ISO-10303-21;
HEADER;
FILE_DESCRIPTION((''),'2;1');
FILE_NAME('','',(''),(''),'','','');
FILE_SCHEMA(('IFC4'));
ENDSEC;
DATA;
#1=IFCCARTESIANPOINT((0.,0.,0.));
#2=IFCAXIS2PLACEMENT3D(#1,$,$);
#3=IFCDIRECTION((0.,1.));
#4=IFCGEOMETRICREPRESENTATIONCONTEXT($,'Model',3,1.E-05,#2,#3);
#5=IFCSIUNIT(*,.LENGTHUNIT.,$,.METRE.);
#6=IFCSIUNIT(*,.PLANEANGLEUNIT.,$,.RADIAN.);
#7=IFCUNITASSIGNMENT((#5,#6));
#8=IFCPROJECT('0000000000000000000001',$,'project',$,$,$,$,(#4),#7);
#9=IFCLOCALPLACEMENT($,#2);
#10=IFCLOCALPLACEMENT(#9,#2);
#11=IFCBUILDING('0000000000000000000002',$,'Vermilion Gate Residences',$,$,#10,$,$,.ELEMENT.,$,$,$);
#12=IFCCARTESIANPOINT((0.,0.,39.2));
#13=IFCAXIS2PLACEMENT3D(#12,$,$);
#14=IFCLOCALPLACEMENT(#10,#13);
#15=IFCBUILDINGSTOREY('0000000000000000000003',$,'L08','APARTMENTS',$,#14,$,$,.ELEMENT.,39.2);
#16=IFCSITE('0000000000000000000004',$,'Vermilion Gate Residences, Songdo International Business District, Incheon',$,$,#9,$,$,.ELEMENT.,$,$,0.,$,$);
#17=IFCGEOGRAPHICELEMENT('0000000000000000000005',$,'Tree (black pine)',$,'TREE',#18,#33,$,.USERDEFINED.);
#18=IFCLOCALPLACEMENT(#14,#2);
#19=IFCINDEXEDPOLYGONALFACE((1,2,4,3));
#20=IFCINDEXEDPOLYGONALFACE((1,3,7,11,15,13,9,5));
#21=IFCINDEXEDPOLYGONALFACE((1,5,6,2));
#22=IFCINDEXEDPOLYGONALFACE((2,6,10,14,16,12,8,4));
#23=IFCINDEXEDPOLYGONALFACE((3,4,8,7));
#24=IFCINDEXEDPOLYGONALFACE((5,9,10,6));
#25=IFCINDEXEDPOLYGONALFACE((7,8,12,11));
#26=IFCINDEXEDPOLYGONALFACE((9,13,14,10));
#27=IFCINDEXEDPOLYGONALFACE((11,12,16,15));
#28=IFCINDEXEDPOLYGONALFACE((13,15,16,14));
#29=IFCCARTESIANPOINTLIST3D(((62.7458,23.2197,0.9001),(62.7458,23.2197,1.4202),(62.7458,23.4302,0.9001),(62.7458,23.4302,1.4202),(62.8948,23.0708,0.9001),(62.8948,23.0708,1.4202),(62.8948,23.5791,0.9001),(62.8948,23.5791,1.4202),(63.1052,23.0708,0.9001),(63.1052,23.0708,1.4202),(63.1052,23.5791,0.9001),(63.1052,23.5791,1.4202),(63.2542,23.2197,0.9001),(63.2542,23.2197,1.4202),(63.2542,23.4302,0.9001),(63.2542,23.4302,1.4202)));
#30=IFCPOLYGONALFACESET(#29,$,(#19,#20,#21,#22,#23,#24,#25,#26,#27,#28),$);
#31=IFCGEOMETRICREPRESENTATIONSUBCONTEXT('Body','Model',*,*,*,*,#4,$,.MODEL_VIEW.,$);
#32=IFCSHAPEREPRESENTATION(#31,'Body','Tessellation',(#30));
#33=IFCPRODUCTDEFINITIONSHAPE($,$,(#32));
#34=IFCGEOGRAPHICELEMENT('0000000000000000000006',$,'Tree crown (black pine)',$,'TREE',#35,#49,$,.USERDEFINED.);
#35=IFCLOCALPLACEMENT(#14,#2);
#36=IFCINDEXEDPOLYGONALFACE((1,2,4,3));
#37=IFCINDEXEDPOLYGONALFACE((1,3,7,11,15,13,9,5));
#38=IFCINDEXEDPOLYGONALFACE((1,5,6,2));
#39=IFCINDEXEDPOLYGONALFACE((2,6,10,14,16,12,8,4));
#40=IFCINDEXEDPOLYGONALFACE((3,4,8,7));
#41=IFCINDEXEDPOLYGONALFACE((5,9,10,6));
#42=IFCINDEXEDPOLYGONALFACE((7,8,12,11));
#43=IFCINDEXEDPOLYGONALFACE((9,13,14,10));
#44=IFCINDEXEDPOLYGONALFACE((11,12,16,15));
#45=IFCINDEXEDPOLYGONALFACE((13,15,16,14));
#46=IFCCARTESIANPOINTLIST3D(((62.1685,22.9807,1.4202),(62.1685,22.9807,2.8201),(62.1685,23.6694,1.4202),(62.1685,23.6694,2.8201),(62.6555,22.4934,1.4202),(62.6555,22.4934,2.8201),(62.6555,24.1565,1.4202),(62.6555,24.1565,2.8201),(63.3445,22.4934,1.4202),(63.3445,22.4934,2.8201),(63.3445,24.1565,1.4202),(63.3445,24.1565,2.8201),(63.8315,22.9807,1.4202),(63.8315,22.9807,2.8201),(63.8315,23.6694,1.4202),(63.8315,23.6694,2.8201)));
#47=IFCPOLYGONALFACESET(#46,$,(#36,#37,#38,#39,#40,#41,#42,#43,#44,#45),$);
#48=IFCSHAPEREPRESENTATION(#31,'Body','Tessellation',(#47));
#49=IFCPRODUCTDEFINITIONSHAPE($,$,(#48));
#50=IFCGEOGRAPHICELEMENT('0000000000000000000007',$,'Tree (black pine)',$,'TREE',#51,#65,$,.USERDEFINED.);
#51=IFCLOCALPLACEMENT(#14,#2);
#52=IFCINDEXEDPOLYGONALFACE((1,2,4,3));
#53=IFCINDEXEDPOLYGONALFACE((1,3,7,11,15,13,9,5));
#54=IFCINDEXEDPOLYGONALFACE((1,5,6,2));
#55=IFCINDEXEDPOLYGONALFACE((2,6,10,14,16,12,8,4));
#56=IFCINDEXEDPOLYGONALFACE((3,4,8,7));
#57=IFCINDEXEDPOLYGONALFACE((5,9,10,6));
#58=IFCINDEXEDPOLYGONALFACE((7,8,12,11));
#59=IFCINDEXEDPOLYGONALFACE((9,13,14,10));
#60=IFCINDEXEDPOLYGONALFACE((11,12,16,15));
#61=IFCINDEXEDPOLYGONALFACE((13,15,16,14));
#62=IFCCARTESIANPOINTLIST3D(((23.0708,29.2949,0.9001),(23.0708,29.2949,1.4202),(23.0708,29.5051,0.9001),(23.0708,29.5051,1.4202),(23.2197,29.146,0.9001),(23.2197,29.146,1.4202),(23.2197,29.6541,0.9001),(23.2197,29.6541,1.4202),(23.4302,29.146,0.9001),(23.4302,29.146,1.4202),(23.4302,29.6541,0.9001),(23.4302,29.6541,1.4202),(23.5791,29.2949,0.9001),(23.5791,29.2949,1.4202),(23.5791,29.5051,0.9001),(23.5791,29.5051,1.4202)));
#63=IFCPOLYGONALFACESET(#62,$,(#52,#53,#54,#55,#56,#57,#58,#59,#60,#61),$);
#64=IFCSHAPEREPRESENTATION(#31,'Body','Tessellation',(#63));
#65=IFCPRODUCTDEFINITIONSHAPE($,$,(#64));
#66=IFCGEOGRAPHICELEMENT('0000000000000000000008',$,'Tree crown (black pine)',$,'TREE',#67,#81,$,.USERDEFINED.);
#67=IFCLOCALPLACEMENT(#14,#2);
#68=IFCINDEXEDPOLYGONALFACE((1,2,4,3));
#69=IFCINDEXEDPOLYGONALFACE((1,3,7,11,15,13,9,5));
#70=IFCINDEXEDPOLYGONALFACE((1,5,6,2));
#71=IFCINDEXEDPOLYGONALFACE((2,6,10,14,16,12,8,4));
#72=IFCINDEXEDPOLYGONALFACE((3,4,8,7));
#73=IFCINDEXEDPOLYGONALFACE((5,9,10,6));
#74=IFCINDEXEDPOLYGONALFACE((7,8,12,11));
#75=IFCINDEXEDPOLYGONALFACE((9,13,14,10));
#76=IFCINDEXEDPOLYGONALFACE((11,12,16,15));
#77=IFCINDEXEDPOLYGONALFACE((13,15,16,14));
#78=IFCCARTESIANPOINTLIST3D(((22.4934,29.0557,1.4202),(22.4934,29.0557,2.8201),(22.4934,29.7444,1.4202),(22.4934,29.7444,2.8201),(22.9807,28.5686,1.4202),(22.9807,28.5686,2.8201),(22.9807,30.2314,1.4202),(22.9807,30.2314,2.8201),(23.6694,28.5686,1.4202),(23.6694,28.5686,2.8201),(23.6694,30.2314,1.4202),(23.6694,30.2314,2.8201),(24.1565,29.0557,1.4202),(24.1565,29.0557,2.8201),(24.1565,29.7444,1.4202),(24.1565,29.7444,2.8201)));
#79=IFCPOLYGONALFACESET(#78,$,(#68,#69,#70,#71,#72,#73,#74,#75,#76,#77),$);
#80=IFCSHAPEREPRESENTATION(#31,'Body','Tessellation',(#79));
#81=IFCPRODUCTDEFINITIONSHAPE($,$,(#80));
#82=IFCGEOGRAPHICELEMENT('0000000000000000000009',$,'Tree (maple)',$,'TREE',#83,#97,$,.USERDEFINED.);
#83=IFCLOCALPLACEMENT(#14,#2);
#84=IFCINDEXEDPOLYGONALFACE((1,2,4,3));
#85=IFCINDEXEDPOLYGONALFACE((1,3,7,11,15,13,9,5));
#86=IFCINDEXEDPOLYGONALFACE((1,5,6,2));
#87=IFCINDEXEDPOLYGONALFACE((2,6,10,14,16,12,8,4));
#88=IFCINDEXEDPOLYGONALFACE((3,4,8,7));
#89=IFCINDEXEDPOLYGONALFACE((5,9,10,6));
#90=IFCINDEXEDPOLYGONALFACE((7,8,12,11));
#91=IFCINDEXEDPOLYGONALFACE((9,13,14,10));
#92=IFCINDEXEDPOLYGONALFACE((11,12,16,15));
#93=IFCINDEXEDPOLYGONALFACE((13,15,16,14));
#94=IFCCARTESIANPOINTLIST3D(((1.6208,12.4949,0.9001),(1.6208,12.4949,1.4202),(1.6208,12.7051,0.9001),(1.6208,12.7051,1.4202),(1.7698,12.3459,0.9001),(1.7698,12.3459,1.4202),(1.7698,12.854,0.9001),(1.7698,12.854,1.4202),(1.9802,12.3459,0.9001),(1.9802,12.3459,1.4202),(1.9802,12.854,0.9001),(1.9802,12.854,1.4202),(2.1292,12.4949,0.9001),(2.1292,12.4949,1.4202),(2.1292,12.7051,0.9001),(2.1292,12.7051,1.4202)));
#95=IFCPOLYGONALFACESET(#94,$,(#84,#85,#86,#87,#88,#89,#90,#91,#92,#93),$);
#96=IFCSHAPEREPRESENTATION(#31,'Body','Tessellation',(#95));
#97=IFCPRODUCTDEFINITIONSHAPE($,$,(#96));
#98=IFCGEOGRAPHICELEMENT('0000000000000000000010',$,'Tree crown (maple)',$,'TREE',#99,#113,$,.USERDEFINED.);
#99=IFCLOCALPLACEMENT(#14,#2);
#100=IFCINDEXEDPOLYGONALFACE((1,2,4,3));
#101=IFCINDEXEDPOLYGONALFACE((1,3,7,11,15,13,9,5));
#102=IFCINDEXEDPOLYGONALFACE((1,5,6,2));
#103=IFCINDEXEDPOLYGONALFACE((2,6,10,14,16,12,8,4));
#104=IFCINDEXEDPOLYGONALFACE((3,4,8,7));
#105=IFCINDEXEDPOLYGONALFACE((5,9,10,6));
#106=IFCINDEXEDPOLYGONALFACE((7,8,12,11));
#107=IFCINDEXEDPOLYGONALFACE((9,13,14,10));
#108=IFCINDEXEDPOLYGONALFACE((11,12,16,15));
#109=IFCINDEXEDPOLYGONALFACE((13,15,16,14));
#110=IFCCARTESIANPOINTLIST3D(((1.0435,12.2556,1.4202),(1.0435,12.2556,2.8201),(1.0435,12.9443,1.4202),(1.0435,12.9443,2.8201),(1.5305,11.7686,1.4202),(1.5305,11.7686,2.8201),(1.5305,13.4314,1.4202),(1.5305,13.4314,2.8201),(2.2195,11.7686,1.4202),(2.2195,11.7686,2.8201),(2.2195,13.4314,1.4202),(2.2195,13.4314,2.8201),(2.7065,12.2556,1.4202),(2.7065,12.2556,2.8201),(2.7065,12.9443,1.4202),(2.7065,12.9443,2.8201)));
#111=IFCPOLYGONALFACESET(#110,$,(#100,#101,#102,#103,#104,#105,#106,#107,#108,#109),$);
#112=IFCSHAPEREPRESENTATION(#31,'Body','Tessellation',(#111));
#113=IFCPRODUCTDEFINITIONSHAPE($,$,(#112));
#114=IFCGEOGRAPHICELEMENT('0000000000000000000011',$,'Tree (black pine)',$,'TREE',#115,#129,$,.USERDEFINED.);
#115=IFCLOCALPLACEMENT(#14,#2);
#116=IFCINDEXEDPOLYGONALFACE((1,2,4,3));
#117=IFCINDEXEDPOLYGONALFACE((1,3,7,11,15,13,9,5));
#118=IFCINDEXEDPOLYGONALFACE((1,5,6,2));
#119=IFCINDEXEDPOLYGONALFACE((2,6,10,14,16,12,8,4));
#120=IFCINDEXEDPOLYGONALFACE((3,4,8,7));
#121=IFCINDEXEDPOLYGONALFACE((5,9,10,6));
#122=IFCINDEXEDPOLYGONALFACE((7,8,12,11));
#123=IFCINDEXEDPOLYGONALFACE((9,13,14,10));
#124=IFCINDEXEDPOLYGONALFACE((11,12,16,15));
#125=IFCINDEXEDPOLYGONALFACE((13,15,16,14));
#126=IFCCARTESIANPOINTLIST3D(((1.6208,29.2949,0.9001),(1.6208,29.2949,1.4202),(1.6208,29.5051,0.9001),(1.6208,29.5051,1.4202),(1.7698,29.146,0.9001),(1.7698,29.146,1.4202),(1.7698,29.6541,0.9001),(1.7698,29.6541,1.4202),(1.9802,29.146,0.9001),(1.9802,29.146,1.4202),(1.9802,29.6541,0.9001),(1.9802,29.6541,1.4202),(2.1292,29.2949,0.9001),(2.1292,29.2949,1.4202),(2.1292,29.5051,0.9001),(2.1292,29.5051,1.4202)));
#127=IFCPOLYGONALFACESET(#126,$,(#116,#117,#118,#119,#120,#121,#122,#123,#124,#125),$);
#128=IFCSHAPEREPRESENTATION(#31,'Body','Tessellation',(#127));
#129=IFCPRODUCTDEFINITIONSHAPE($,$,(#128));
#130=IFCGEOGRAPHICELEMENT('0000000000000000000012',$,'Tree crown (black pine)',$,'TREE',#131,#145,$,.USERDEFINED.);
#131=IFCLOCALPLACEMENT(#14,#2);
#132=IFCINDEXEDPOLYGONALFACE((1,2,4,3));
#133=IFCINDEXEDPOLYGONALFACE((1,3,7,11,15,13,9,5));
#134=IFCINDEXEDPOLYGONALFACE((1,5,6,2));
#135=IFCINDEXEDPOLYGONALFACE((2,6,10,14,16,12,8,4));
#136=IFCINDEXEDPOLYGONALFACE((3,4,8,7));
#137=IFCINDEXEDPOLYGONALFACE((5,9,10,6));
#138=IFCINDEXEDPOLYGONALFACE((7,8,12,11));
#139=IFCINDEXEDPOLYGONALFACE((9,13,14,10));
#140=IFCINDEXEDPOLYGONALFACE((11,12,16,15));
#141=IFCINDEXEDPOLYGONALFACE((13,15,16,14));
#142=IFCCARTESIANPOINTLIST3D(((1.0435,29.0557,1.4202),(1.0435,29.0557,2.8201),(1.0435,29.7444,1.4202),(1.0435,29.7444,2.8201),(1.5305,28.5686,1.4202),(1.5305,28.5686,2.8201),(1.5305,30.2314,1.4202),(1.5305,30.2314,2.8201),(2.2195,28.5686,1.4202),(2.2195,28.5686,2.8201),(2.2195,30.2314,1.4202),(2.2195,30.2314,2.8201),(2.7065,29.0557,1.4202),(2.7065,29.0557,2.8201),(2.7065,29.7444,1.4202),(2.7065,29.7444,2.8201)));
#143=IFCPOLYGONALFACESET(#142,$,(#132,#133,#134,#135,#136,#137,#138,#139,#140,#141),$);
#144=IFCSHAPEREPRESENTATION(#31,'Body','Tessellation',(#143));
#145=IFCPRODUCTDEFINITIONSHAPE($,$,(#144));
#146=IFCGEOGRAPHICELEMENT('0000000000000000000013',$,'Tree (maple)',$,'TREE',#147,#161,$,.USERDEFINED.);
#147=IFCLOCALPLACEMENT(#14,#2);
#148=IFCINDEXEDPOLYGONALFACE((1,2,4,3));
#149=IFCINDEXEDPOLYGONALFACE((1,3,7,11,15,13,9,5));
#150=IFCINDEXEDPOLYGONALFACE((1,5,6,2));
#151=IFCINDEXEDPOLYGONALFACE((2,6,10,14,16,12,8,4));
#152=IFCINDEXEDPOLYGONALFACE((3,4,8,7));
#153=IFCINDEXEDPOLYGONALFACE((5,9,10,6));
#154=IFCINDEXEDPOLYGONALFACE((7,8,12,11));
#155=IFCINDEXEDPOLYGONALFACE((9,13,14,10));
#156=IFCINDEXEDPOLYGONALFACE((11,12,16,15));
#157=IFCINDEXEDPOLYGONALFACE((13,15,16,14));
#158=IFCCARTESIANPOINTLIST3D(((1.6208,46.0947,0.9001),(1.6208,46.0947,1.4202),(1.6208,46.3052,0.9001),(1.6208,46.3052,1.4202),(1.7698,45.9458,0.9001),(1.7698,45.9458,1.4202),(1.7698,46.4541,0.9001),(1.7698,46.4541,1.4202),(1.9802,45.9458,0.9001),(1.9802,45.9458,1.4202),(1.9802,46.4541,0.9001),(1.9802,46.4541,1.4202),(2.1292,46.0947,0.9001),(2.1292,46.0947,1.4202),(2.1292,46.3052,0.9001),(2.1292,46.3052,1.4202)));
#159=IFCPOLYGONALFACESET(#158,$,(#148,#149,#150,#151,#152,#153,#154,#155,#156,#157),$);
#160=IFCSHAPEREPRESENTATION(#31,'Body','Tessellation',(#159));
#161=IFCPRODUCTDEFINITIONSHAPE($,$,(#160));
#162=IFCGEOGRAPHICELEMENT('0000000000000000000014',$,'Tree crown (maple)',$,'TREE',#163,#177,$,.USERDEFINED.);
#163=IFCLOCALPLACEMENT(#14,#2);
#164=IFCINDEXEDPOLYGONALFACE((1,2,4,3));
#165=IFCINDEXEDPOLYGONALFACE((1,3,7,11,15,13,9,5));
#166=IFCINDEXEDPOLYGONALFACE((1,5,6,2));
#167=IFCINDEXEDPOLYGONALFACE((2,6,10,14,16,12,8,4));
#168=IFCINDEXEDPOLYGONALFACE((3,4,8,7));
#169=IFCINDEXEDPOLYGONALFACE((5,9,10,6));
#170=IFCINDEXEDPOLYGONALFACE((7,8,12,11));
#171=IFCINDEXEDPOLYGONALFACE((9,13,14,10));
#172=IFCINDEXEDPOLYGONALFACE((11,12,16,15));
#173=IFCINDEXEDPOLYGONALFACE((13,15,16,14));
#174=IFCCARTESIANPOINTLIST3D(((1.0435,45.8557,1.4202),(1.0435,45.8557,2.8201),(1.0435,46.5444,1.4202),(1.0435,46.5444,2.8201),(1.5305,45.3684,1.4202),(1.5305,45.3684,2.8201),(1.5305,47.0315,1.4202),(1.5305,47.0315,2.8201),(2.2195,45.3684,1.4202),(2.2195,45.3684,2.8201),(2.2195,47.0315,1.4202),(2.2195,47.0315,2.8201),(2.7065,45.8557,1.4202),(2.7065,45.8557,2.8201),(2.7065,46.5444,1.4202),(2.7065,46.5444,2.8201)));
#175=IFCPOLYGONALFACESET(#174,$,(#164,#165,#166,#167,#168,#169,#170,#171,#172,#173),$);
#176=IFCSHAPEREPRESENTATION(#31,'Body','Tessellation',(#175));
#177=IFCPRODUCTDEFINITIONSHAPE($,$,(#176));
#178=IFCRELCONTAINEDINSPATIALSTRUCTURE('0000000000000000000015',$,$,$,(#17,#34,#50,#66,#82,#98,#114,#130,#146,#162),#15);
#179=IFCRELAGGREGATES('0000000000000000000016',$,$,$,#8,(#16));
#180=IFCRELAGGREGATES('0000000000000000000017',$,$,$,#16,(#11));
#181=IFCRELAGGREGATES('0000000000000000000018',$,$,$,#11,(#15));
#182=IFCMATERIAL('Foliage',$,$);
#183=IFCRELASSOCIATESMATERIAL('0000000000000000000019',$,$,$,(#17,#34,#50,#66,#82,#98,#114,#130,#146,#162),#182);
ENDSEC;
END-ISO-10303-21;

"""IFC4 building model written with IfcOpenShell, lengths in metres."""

from ifc_helpers import new_model, si_unit, direction, frame, origin, place, context, subcontext, project, spatial, polyline, outline, extrude, material, element, save


model = new_model("IFC4")

# Units and contexts
model_context = context("Model", 3, precision=1e-05, world=origin(), true_north=direction((0.0, 1.0)))
body_context = subcontext(model_context, "Body", "Model", "MODEL_VIEW")
ifc_project = project(units=[si_unit("LENGTHUNIT", "METRE"), si_unit("PLANEANGLEUNIT", "RADIAN")], contexts=[model_context])

# Site, building, storey
site_placement = place(None, origin())
site = spatial("IfcSite", under=ifc_project, at=site_placement, Name="Vermilion Gate Residences, Songdo International Business District, Incheon", CompositionType="ELEMENT", RefElevation=0.0)
building_placement = place(site_placement, origin())
building = spatial("IfcBuilding", under=site, at=building_placement, Name="Vermilion Gate Residences", CompositionType="ELEMENT")
storey_placement = place(building_placement, frame((0.0, 0.0, 39.2)))
storey = spatial("IfcBuildingStorey", under=building, at=storey_placement, Name="L08", Description="APARTMENTS", CompositionType="ELEMENT", Elevation=39.2)

# Geographic elements
ifc_material_1 = material(Name="Foliage")
geographic_element_1_placement = place(storey_placement, frame((0.0, 0.0, 0.9001)))
element("IfcGeographicElement", 1, at=geographic_element_1_placement, inside=storey, material=ifc_material_1, Name="Tree (black pine)", ObjectType="TREE", PredefinedType="USERDEFINED", context=body_context, shape_type="SweptSolid", body=[
    extrude(outline(polyline([(63.2542, 23.4302), (63.1052, 23.5791), (62.8948, 23.5791), (62.7458, 23.4302), (62.7458, 23.2197), (62.8948, 23.0708), (63.1052, 23.0708), (63.2542, 23.2197), (63.2542, 23.4302)])), origin(), (0.0, 0.0, 1.0), 0.52),
])
geographic_element_2_placement = place(storey_placement, frame((0.0, 0.0, 1.4202)))
element("IfcGeographicElement", 2, at=geographic_element_2_placement, inside=storey, material=ifc_material_1, Name="Tree crown (black pine)", ObjectType="TREE", PredefinedType="USERDEFINED", context=body_context, shape_type="SweptSolid", body=[
    extrude(outline(polyline([(63.8315, 23.6694), (63.3445, 24.1565), (62.6555, 24.1565), (62.1685, 23.6694), (62.1685, 22.9807), (62.6555, 22.4934), (63.3445, 22.4934), (63.8315, 22.9807), (63.8315, 23.6694)])), origin(), (0.0, 0.0, 1.0), 1.3999),
])
geographic_element_3_placement = place(storey_placement, frame((0.0, 0.0, 0.9001)))
element("IfcGeographicElement", 3, at=geographic_element_3_placement, inside=storey, material=ifc_material_1, Name="Tree (black pine)", ObjectType="TREE", PredefinedType="USERDEFINED", context=body_context, shape_type="SweptSolid", body=[
    extrude(outline(polyline([(23.5791, 29.5051), (23.4302, 29.6541), (23.2197, 29.6541), (23.0708, 29.5051), (23.0708, 29.2949), (23.2197, 29.146), (23.4302, 29.146), (23.5791, 29.2949), (23.5791, 29.5051)])), origin(), (0.0, 0.0, 1.0), 0.52),
])
geographic_element_4_placement = place(storey_placement, frame((0.0, 0.0, 1.4202)))
element("IfcGeographicElement", 4, at=geographic_element_4_placement, inside=storey, material=ifc_material_1, Name="Tree crown (black pine)", ObjectType="TREE", PredefinedType="USERDEFINED", context=body_context, shape_type="SweptSolid", body=[
    extrude(outline(polyline([(24.1565, 29.7444), (23.6694, 30.2314), (22.9807, 30.2314), (22.4934, 29.7444), (22.4934, 29.0557), (22.9807, 28.5686), (23.6694, 28.5686), (24.1565, 29.0557), (24.1565, 29.7444)])), origin(), (0.0, 0.0, 1.0), 1.3999),
])
geographic_element_5_placement = place(storey_placement, frame((0.0, 0.0, 0.9001)))
element("IfcGeographicElement", 5, at=geographic_element_5_placement, inside=storey, material=ifc_material_1, Name="Tree (maple)", ObjectType="TREE", PredefinedType="USERDEFINED", context=body_context, shape_type="SweptSolid", body=[
    extrude(outline(polyline([(2.1292, 12.7051), (1.9802, 12.854), (1.7698, 12.854), (1.6208, 12.7051), (1.6208, 12.4949), (1.7698, 12.3459), (1.9802, 12.3459), (2.1292, 12.4949), (2.1292, 12.7051)])), origin(), (0.0, 0.0, 1.0), 0.52),
])
geographic_element_6_placement = place(storey_placement, frame((0.0, 0.0, 1.4202)))
element("IfcGeographicElement", 6, at=geographic_element_6_placement, inside=storey, material=ifc_material_1, Name="Tree crown (maple)", ObjectType="TREE", PredefinedType="USERDEFINED", context=body_context, shape_type="SweptSolid", body=[
    extrude(outline(polyline([(2.7065, 12.9443), (2.2195, 13.4314), (1.5305, 13.4314), (1.0435, 12.9443), (1.0435, 12.2556), (1.5305, 11.7686), (2.2195, 11.7686), (2.7065, 12.2556), (2.7065, 12.9443)])), origin(), (0.0, 0.0, 1.0), 1.3999),
])
geographic_element_7_placement = place(storey_placement, frame((0.0, 0.0, 0.9001)))
element("IfcGeographicElement", 7, at=geographic_element_7_placement, inside=storey, material=ifc_material_1, Name="Tree (black pine)", ObjectType="TREE", PredefinedType="USERDEFINED", context=body_context, shape_type="SweptSolid", body=[
    extrude(outline(polyline([(2.1292, 29.5051), (1.9802, 29.6541), (1.7698, 29.6541), (1.6208, 29.5051), (1.6208, 29.2949), (1.7698, 29.146), (1.9802, 29.146), (2.1292, 29.2949), (2.1292, 29.5051)])), origin(), (0.0, 0.0, 1.0), 0.52),
])
geographic_element_8_placement = place(storey_placement, frame((0.0, 0.0, 1.4202)))
element("IfcGeographicElement", 8, at=geographic_element_8_placement, inside=storey, material=ifc_material_1, Name="Tree crown (black pine)", ObjectType="TREE", PredefinedType="USERDEFINED", context=body_context, shape_type="SweptSolid", body=[
    extrude(outline(polyline([(2.7065, 29.7444), (2.2195, 30.2314), (1.5305, 30.2314), (1.0435, 29.7444), (1.0435, 29.0557), (1.5305, 28.5686), (2.2195, 28.5686), (2.7065, 29.0557), (2.7065, 29.7444)])), origin(), (0.0, 0.0, 1.0), 1.3999),
])
geographic_element_9_placement = place(storey_placement, frame((0.0, 0.0, 0.9001)))
element("IfcGeographicElement", 9, at=geographic_element_9_placement, inside=storey, material=ifc_material_1, Name="Tree (maple)", ObjectType="TREE", PredefinedType="USERDEFINED", context=body_context, shape_type="SweptSolid", body=[
    extrude(outline(polyline([(2.1292, 46.3052), (1.9802, 46.4541), (1.7698, 46.4541), (1.6208, 46.3052), (1.6208, 46.0947), (1.7698, 45.9458), (1.9802, 45.9458), (2.1292, 46.0947), (2.1292, 46.3052)])), origin(), (0.0, 0.0, 1.0), 0.52),
])
geographic_element_10_placement = place(storey_placement, frame((0.0, 0.0, 1.4202)))
element("IfcGeographicElement", 10, at=geographic_element_10_placement, inside=storey, material=ifc_material_1, Name="Tree crown (maple)", ObjectType="TREE", PredefinedType="USERDEFINED", context=body_context, shape_type="SweptSolid", body=[
    extrude(outline(polyline([(2.7065, 46.5444), (2.2195, 47.0315), (1.5305, 47.0315), (1.0435, 46.5444), (1.0435, 45.8557), (1.5305, 45.3684), (2.2195, 45.3684), (2.7065, 45.8557), (2.7065, 46.5444)])), origin(), (0.0, 0.0, 1.0), 1.3999),
])

save(model, "model.ifc")
